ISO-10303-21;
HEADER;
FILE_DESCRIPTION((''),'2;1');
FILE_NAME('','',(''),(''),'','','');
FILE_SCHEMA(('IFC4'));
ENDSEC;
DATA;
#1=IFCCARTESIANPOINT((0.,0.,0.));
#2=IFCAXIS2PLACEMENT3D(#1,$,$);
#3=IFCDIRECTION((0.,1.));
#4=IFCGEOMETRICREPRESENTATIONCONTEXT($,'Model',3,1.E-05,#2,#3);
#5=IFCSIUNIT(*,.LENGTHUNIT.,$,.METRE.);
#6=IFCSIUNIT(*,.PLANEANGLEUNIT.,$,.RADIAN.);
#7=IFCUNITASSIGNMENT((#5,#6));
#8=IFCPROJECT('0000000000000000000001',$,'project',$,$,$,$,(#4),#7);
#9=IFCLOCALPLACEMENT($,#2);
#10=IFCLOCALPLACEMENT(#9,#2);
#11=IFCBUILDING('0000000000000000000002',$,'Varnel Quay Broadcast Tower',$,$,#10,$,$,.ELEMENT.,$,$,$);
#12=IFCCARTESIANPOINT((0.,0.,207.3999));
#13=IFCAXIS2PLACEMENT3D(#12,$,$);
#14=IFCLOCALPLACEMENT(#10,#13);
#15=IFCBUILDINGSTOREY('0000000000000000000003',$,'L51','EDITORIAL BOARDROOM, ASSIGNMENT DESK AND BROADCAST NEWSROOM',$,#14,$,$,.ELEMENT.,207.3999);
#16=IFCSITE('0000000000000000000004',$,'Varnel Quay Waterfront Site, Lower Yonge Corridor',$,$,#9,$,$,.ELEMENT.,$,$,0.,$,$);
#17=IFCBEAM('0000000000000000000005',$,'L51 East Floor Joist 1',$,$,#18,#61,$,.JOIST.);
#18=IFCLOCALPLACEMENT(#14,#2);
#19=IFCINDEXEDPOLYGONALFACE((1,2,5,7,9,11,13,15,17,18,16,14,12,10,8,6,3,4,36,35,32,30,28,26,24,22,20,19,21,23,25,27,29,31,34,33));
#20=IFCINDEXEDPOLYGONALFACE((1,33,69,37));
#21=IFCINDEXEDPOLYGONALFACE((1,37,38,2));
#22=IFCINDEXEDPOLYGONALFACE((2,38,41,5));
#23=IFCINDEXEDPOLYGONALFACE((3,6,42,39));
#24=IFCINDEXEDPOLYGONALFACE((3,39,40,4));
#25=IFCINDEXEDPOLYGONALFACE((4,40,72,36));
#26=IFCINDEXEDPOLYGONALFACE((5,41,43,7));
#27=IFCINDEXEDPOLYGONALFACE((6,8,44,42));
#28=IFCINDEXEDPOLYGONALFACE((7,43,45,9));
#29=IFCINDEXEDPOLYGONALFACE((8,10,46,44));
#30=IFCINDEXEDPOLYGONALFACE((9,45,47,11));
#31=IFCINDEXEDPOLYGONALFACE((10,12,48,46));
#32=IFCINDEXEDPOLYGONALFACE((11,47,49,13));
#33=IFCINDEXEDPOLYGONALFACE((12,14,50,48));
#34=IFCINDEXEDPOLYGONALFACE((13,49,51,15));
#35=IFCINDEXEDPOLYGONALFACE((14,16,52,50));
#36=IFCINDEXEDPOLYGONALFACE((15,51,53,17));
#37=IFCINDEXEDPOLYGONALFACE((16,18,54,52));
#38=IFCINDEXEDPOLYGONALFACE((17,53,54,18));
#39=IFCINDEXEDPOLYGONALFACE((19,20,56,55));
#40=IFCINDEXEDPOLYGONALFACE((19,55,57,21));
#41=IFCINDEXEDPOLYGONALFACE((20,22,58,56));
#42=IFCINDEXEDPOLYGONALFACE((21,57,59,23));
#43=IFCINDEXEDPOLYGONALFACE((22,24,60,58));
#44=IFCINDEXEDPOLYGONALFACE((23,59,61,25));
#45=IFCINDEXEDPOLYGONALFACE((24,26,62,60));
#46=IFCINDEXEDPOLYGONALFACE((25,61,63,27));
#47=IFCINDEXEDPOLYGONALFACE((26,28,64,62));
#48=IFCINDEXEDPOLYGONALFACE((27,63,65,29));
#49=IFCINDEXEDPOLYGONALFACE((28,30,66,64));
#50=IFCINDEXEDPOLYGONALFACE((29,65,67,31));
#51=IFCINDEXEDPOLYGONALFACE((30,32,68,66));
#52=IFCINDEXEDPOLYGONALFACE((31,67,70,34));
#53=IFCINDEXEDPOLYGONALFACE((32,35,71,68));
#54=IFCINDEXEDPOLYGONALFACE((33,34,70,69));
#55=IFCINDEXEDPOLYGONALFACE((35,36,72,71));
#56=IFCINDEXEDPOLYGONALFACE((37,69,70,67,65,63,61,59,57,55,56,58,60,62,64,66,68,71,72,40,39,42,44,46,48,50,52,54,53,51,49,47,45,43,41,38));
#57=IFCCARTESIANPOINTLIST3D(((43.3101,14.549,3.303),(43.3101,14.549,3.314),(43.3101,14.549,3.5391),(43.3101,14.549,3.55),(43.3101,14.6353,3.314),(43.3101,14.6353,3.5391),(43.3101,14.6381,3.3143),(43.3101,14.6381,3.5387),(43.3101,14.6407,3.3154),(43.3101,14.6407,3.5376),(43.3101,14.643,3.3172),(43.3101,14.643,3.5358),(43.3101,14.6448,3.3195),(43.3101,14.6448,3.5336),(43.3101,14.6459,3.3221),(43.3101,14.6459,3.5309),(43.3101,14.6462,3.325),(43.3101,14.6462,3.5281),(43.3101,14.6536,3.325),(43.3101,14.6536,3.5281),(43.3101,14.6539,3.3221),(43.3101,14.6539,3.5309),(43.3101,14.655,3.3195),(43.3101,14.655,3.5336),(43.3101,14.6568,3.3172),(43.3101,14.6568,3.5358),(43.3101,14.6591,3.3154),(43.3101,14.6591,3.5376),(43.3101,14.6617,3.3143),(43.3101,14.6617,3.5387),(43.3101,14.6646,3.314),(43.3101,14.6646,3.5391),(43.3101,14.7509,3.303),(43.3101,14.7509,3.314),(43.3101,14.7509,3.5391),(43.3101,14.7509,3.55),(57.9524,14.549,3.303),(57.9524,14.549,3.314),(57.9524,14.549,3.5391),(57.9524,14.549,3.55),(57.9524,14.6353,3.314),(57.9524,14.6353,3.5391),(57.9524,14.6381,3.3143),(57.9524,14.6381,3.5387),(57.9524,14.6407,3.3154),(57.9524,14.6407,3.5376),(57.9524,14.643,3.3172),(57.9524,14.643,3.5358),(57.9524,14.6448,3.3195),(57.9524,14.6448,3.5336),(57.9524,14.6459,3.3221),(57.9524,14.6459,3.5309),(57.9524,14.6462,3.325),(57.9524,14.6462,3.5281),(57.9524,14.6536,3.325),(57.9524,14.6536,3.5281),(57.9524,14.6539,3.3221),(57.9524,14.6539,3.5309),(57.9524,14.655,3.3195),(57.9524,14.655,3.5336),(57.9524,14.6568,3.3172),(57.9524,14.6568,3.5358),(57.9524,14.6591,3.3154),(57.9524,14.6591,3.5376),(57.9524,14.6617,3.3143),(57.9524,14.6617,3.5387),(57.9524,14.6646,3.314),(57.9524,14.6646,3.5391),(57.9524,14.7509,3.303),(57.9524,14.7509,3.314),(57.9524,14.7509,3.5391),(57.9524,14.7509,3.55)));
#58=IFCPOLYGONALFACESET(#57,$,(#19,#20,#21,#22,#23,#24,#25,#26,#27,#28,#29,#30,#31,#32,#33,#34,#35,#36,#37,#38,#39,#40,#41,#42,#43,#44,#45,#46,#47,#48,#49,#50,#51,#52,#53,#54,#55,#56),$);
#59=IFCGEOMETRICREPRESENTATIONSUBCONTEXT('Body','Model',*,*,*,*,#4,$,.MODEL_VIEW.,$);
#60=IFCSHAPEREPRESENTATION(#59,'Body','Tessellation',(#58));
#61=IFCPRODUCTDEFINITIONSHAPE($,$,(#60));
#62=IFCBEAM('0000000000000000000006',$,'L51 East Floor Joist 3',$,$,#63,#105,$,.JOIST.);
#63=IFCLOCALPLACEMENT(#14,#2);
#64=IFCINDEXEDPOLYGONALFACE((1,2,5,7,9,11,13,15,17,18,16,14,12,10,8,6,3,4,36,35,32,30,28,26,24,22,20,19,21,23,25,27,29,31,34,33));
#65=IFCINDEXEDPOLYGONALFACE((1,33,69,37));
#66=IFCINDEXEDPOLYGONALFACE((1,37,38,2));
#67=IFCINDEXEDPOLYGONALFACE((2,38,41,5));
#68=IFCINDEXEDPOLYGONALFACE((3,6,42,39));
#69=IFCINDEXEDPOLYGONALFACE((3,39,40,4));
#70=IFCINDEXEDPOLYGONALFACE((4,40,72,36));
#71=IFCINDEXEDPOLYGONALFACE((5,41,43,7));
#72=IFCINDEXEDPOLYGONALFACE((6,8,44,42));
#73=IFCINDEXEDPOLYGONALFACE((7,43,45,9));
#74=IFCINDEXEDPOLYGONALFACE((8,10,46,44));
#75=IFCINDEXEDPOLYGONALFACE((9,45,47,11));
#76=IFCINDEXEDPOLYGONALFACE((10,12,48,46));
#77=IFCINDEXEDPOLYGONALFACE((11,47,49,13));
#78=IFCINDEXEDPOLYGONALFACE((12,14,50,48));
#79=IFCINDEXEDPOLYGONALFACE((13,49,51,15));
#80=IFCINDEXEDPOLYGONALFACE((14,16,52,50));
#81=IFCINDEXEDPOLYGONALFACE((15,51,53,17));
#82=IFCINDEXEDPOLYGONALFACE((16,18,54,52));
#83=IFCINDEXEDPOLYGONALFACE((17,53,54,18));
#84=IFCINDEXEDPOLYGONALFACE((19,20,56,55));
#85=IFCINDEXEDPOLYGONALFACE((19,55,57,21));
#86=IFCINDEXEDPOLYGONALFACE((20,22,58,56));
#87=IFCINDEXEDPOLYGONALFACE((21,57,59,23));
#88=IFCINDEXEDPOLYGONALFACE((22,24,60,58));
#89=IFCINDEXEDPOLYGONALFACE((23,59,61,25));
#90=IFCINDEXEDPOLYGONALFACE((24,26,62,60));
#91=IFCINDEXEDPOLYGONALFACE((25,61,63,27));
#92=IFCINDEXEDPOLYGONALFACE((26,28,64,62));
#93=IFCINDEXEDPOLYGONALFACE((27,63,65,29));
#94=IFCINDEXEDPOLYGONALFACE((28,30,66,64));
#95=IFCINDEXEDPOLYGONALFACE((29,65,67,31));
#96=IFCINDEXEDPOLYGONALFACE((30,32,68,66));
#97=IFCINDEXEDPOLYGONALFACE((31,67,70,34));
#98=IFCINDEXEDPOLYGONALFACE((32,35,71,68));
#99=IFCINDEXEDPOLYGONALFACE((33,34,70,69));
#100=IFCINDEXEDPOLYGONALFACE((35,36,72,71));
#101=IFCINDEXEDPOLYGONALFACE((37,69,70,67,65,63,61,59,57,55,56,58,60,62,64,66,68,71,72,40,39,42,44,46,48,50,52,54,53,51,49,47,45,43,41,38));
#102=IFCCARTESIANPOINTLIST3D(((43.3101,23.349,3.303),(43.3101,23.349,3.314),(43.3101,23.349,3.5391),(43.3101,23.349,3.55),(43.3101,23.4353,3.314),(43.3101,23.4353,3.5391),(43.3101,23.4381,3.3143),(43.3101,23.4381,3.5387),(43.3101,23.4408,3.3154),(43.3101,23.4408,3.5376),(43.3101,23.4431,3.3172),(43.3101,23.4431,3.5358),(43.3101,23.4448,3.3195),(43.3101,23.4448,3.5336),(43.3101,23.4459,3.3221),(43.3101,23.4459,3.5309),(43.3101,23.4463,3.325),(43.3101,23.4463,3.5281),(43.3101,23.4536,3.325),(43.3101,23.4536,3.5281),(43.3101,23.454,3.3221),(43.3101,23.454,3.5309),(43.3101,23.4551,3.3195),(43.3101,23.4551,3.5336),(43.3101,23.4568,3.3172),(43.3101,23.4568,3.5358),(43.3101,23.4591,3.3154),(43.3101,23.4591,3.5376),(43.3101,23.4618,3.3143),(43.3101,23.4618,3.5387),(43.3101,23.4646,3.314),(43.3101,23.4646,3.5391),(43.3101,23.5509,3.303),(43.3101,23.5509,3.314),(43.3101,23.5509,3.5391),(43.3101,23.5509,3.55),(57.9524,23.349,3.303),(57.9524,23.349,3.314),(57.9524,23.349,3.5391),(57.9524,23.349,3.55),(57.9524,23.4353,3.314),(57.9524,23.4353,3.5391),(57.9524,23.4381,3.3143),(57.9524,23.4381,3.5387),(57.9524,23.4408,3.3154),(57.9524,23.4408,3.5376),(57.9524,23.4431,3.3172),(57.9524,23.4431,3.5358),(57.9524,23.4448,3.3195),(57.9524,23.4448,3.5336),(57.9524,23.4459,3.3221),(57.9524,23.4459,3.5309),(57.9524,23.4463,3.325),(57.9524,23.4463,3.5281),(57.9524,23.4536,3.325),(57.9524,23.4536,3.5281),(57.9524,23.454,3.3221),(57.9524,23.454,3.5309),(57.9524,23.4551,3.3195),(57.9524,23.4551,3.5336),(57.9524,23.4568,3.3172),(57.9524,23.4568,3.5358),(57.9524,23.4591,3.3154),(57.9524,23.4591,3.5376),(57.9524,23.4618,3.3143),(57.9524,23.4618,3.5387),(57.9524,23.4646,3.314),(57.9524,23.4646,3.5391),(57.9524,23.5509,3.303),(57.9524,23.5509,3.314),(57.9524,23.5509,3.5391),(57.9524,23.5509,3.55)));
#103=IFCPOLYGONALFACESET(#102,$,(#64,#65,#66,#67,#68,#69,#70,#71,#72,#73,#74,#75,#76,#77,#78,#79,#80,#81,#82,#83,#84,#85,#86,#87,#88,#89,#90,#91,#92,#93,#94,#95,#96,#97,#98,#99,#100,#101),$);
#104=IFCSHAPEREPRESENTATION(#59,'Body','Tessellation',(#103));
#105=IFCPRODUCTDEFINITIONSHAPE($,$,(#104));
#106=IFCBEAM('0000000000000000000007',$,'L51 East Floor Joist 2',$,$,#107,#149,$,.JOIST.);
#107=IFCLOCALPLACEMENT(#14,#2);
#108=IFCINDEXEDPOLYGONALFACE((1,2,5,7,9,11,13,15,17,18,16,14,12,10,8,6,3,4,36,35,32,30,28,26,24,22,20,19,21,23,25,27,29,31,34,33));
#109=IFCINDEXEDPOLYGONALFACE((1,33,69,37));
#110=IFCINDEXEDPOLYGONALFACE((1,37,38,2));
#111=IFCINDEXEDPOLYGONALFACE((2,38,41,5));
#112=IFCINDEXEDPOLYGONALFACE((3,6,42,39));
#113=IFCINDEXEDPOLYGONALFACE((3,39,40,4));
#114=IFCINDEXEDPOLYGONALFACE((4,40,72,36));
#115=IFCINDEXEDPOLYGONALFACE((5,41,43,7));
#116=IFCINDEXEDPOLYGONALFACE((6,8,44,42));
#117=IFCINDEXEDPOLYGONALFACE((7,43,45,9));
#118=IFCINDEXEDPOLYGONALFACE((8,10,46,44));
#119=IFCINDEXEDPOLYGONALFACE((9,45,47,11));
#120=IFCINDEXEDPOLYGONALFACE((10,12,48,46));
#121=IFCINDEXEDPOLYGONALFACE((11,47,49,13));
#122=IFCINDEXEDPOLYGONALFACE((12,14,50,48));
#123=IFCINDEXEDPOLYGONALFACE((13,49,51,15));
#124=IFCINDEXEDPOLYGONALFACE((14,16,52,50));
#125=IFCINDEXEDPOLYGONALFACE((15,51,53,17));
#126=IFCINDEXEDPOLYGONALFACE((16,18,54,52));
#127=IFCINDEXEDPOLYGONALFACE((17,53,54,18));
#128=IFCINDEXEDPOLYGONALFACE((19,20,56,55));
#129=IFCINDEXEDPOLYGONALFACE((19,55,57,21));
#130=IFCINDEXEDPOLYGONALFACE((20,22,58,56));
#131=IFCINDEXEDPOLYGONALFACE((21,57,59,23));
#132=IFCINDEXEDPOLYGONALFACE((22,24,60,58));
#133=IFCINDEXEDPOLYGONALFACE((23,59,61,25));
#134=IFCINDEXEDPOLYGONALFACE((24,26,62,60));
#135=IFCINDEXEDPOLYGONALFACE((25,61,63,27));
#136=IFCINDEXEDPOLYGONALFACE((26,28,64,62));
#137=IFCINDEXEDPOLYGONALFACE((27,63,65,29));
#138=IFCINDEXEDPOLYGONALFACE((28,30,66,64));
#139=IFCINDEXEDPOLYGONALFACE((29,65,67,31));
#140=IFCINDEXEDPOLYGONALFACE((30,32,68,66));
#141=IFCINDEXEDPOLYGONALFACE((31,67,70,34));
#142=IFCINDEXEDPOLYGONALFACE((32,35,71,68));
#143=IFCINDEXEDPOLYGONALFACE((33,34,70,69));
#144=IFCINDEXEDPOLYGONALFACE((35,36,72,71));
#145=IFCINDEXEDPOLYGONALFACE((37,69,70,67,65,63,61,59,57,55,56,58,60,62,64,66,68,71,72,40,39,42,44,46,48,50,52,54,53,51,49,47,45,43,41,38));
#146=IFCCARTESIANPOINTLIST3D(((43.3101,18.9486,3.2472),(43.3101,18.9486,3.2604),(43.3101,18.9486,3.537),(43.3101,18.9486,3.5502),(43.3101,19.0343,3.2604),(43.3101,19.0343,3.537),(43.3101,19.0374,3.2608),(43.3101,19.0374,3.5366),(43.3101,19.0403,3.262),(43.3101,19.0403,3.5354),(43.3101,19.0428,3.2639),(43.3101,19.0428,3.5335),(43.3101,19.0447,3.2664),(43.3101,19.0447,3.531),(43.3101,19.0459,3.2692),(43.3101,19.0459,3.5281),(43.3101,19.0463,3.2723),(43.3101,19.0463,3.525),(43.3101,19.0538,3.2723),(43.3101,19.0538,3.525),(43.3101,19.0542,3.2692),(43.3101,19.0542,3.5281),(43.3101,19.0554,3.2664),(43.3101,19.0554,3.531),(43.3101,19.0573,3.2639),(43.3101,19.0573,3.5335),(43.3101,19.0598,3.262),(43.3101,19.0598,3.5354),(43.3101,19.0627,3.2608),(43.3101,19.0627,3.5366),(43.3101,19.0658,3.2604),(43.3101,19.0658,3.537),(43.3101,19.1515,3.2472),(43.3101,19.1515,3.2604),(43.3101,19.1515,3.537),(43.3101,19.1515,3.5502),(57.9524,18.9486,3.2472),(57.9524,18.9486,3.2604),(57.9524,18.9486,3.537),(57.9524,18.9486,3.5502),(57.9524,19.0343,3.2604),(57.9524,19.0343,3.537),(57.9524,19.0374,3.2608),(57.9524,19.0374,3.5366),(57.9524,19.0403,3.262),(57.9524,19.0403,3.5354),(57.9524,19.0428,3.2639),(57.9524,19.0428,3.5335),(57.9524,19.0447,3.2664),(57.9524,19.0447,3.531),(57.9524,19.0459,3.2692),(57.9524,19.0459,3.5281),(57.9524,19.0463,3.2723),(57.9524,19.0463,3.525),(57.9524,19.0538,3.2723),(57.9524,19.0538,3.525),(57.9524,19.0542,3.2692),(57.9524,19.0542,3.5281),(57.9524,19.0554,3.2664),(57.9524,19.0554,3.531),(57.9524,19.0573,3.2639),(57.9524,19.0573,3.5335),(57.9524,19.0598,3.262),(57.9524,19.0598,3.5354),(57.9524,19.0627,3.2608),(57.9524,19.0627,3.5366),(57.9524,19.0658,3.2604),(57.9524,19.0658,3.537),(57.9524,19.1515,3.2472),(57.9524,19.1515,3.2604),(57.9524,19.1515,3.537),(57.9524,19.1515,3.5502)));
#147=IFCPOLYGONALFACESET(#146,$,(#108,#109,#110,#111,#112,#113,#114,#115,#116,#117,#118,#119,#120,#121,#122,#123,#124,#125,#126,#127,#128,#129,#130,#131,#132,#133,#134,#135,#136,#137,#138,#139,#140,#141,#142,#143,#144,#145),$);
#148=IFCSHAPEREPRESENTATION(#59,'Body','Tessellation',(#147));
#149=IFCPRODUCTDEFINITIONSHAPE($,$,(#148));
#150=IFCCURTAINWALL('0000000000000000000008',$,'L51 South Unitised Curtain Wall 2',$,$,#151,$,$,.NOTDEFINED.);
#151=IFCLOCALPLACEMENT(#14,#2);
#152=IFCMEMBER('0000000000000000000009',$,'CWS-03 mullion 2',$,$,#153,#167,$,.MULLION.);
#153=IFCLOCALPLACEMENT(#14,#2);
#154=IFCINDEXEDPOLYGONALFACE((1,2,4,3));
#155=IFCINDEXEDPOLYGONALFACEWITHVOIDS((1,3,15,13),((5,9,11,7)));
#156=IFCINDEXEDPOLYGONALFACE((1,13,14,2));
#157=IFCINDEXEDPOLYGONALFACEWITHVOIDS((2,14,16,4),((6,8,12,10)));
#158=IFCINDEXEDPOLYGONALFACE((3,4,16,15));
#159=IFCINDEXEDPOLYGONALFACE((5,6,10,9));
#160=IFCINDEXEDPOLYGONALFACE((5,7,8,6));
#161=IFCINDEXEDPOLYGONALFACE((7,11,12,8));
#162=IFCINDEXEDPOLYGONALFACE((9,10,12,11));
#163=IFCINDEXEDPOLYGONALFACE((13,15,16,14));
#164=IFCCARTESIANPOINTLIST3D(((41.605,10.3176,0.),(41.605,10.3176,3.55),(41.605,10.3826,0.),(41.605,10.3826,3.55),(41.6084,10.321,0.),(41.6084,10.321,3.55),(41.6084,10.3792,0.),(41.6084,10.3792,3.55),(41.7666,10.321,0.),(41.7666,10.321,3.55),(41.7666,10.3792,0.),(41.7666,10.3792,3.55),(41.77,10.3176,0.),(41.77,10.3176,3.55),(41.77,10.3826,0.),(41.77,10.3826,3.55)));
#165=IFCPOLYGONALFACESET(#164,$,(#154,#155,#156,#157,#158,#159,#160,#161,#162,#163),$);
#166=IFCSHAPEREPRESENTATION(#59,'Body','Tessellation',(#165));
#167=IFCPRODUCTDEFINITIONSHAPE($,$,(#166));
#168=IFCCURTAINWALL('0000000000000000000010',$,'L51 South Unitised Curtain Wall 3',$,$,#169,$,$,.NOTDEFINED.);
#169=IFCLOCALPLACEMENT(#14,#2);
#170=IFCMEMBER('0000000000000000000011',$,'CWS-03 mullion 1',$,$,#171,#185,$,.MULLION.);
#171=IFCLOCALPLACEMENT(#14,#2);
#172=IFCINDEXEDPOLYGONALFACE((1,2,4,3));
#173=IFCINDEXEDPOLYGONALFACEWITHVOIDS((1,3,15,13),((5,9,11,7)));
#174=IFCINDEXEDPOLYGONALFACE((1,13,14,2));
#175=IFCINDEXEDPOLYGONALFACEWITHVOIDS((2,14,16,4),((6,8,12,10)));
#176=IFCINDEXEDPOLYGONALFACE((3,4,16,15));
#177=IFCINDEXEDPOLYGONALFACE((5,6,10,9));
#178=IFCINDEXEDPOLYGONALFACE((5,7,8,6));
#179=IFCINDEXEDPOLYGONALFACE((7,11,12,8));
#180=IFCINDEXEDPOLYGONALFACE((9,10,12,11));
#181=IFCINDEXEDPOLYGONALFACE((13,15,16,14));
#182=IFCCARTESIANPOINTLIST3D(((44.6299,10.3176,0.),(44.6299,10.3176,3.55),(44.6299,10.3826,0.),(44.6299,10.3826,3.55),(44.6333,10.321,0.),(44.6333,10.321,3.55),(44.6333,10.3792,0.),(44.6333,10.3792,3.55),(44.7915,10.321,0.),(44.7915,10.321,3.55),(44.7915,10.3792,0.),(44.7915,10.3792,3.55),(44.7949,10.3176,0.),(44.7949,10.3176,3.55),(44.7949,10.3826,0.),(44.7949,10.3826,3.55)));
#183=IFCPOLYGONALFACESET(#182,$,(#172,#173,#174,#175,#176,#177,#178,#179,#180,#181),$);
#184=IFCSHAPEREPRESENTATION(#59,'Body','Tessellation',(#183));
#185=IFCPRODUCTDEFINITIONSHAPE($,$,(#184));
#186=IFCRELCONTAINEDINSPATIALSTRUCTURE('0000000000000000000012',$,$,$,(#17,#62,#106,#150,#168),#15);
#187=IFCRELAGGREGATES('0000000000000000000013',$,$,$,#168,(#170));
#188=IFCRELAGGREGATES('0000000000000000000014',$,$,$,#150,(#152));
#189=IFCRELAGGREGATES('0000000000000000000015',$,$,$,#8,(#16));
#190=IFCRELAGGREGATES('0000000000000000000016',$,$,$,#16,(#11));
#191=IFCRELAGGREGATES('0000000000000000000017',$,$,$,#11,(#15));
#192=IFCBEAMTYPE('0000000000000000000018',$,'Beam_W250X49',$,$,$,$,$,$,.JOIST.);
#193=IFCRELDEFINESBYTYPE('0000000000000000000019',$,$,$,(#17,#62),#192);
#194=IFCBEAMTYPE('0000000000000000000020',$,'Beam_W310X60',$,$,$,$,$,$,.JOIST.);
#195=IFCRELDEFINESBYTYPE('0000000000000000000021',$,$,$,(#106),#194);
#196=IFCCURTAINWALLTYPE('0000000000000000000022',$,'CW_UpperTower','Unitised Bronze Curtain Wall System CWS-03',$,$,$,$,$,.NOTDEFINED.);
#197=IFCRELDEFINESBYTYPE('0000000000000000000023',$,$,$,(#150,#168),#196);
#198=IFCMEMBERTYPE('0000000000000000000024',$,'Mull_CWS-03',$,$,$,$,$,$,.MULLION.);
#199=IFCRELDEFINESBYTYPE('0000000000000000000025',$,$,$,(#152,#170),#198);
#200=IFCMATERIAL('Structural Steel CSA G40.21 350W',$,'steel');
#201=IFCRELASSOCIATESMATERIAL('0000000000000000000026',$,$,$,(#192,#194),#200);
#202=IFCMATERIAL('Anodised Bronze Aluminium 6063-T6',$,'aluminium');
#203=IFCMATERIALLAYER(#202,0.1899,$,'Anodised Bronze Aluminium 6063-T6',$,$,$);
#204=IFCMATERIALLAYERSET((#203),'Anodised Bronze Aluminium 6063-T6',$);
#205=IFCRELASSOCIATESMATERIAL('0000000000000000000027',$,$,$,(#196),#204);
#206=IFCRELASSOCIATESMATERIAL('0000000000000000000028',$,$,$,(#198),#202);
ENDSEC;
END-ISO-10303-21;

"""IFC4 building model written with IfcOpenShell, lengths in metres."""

from ifc_helpers import new_model, si_unit, direction, frame, origin, origin_2d, place, context, subcontext, project, spatial, hollow_rectangle, i_section, extrude, source, transform, mapped, material, layer, layer_set, material_profile, profile_set, type_object, type_shapes, element, aggregate, save


model = new_model("IFC4")

# Units and contexts
model_context = context("Model", 3, precision=1e-05, world=origin(), true_north=direction((0.0, 1.0)))
body_context = subcontext(model_context, "Body", "Model", "MODEL_VIEW")
ifc_project = project(units=[si_unit("LENGTHUNIT", "METRE"), si_unit("PLANEANGLEUNIT", "RADIAN")], contexts=[model_context])

# Site, building, storey
site_placement = place(None, origin())
site = spatial("IfcSite", under=ifc_project, at=site_placement, Name="Varnel Quay Waterfront Site, Lower Yonge Corridor", CompositionType="ELEMENT", RefElevation=0.0)
building_placement = place(site_placement, origin())
building = spatial("IfcBuilding", under=site, at=building_placement, Name="Varnel Quay Broadcast Tower", CompositionType="ELEMENT")
storey_placement = place(building_placement, frame((0.0, 0.0, 207.3999)))
storey = spatial("IfcBuildingStorey", under=building, at=storey_placement, Name="L51", Description="EDITORIAL BOARDROOM, ASSIGNMENT DESK AND BROADCAST NEWSROOM", CompositionType="ELEMENT", Elevation=207.3999)

# Shared definitions
ifc_material_1 = material(Name="Structural Steel CSA G40.21 350W", Category="steel")

# Beams
ifc_material_profile_1 = material_profile(ifc_material_1, i_section(OverallWidth=0.2019, OverallDepth=0.2471, WebThickness=0.0073, FlangeThickness=0.011, FilletRadius=0.011, at=origin_2d()), Name="W250X49")
ifc_profile_set_1 = profile_set([ifc_material_profile_1], Name="Structural Steel CSA G40.21 350W")
beam_type_1 = type_object("IfcBeamType", Name="Beam_W250X49", PredefinedType="JOIST", material=ifc_profile_set_1)
shared_shape_1 = source(origin(), body_context, "Body", "SweptSolid", [
    extrude(i_section(OverallWidth=0.2019, OverallDepth=0.2471, WebThickness=0.0073, FlangeThickness=0.011, FilletRadius=0.011, at=origin_2d()), origin(), (0.0, 0.0, 1.0), 14.6423),
])
type_shapes(beam_type_1, [shared_shape_1])
for number, where, z_axis, x_axis, name in (
    (1, (43.3101, 14.6499, 3.4265), (1.0, 0.0, 0.0), (0.0, 1.0, 0.0), "L51 East Floor Joist 1"),
    (2, (43.3101, 23.45, 3.4265), (1.0, 0.0, 0.0), (0.0, 1.0, 0.0), "L51 East Floor Joist 3"),
):
    element("IfcBeam", number, at=place(storey_placement, frame(where, z_axis=z_axis, x_axis=x_axis)), inside=storey, type_object=beam_type_1, Name=name, PredefinedType="JOIST", context=body_context, shape_type="MappedRepresentation", body=[
        mapped(shared_shape_1, transform((0.0, 0.0, 0.0), x_axis=(1.0, 0.0, 0.0), y_axis=(0.0, 1.0, 0.0), z_axis=(0.0, 0.0, 1.0), scale=1.0)),
    ])
ifc_material_profile_2 = material_profile(ifc_material_1, i_section(OverallWidth=0.2029, OverallDepth=0.303, WebThickness=0.0076, FlangeThickness=0.0132, FilletRadius=0.012, at=origin_2d()), Name="W310X60")
ifc_profile_set_2 = profile_set([ifc_material_profile_2], Name="Structural Steel CSA G40.21 350W")
beam_type_2 = type_object("IfcBeamType", Name="Beam_W310X60", PredefinedType="JOIST", material=ifc_profile_set_2)
shared_shape_2 = source(origin(), body_context, "Body", "SweptSolid", [
    extrude(i_section(OverallWidth=0.2029, OverallDepth=0.303, WebThickness=0.0076, FlangeThickness=0.0132, FilletRadius=0.012, at=origin_2d()), origin(), (0.0, 0.0, 1.0), 14.6423),
])
type_shapes(beam_type_2, [shared_shape_2])
beam_1_placement = place(storey_placement, frame((43.3101, 19.05, 3.3987), z_axis=(1.0, 0.0, 0.0), x_axis=(0.0, 1.0, 0.0)))
element("IfcBeam", 3, at=beam_1_placement, inside=storey, type_object=beam_type_2, Name="L51 East Floor Joist 2", PredefinedType="JOIST", context=body_context, shape_type="MappedRepresentation", body=[
    mapped(shared_shape_2, transform((0.0, 0.0, 0.0), x_axis=(1.0, 0.0, 0.0), y_axis=(0.0, 1.0, 0.0), z_axis=(0.0, 0.0, 1.0), scale=1.0)),
])

# Curtain wall, member
ifc_material_2 = material(Name="Anodised Bronze Aluminium 6063-T6", Category="aluminium")
ifc_layer_1 = layer(ifc_material_2, 0.1899, Name="Anodised Bronze Aluminium 6063-T6")
ifc_layer_set_1 = layer_set([ifc_layer_1], Name="Anodised Bronze Aluminium 6063-T6")
curtain_wall_type = type_object("IfcCurtainWallType", Name="CW_UpperTower", Description="Unitised Bronze Curtain Wall System CWS-03", PredefinedType="NOTDEFINED", material=ifc_layer_set_1)
curtain_wall_1_placement = place(storey_placement, origin())
curtain_wall_1 = element("IfcCurtainWall", 4, at=curtain_wall_1_placement, inside=storey, type_object=curtain_wall_type, Name="L51 South Unitised Curtain Wall 2", PredefinedType="NOTDEFINED")
ifc_material_profile_3 = material_profile(ifc_material_2, hollow_rectangle(XDim=0.0649, YDim=0.165, WallThickness=0.0034, at=origin_2d()), Name="ALU65X165X3.5")
ifc_profile_set_3 = profile_set([ifc_material_profile_3], Name="Anodised Bronze Aluminium 6063-T6")
member_type_1 = type_object("IfcMemberType", Name="Mull_CWS-03", PredefinedType="MULLION", material=ifc_profile_set_3)
shared_shape_3 = source(origin(), body_context, "Body", "SweptSolid", [
    extrude(hollow_rectangle(XDim=0.0649, YDim=0.165, WallThickness=0.0034, at=origin_2d()), origin(), (0.0, 0.0, 1.0), 3.55),
])
type_shapes(member_type_1, [shared_shape_3])
member_1_placement = place(storey_placement, frame((41.6875, 10.3501, 0.0), z_axis=(0.0, 0.0, 1.0), x_axis=(0.0, 1.0, 0.0)))
member_1 = element("IfcMember", 5, at=member_1_placement, type_object=member_type_1, Name="CWS-03 mullion 2", PredefinedType="MULLION", context=body_context, shape_type="MappedRepresentation", body=[
    mapped(shared_shape_3, transform((0.0, 0.0, 0.0), x_axis=(1.0, 0.0, 0.0), y_axis=(0.0, 1.0, 0.0), z_axis=(0.0, 0.0, 1.0), scale=1.0)),
])

# Curtain wall, member
curtain_wall_2_placement = place(storey_placement, origin())
curtain_wall_2 = element("IfcCurtainWall", 6, at=curtain_wall_2_placement, inside=storey, type_object=curtain_wall_type, Name="L51 South Unitised Curtain Wall 3", PredefinedType="NOTDEFINED")
member_2_placement = place(storey_placement, frame((44.7124, 10.3501, 0.0), z_axis=(0.0, 0.0, 1.0), x_axis=(0.0, 1.0, 0.0)))
member_2 = element("IfcMember", 7, at=member_2_placement, type_object=member_type_1, Name="CWS-03 mullion 1", PredefinedType="MULLION", context=body_context, shape_type="MappedRepresentation", body=[
    mapped(shared_shape_3, transform((0.0, 0.0, 0.0), x_axis=(1.0, 0.0, 0.0), y_axis=(0.0, 1.0, 0.0), z_axis=(0.0, 0.0, 1.0), scale=1.0)),
])
aggregate(curtain_wall_2, [member_2])

aggregate(curtain_wall_1, [member_1])

save(model, "model.ifc")
